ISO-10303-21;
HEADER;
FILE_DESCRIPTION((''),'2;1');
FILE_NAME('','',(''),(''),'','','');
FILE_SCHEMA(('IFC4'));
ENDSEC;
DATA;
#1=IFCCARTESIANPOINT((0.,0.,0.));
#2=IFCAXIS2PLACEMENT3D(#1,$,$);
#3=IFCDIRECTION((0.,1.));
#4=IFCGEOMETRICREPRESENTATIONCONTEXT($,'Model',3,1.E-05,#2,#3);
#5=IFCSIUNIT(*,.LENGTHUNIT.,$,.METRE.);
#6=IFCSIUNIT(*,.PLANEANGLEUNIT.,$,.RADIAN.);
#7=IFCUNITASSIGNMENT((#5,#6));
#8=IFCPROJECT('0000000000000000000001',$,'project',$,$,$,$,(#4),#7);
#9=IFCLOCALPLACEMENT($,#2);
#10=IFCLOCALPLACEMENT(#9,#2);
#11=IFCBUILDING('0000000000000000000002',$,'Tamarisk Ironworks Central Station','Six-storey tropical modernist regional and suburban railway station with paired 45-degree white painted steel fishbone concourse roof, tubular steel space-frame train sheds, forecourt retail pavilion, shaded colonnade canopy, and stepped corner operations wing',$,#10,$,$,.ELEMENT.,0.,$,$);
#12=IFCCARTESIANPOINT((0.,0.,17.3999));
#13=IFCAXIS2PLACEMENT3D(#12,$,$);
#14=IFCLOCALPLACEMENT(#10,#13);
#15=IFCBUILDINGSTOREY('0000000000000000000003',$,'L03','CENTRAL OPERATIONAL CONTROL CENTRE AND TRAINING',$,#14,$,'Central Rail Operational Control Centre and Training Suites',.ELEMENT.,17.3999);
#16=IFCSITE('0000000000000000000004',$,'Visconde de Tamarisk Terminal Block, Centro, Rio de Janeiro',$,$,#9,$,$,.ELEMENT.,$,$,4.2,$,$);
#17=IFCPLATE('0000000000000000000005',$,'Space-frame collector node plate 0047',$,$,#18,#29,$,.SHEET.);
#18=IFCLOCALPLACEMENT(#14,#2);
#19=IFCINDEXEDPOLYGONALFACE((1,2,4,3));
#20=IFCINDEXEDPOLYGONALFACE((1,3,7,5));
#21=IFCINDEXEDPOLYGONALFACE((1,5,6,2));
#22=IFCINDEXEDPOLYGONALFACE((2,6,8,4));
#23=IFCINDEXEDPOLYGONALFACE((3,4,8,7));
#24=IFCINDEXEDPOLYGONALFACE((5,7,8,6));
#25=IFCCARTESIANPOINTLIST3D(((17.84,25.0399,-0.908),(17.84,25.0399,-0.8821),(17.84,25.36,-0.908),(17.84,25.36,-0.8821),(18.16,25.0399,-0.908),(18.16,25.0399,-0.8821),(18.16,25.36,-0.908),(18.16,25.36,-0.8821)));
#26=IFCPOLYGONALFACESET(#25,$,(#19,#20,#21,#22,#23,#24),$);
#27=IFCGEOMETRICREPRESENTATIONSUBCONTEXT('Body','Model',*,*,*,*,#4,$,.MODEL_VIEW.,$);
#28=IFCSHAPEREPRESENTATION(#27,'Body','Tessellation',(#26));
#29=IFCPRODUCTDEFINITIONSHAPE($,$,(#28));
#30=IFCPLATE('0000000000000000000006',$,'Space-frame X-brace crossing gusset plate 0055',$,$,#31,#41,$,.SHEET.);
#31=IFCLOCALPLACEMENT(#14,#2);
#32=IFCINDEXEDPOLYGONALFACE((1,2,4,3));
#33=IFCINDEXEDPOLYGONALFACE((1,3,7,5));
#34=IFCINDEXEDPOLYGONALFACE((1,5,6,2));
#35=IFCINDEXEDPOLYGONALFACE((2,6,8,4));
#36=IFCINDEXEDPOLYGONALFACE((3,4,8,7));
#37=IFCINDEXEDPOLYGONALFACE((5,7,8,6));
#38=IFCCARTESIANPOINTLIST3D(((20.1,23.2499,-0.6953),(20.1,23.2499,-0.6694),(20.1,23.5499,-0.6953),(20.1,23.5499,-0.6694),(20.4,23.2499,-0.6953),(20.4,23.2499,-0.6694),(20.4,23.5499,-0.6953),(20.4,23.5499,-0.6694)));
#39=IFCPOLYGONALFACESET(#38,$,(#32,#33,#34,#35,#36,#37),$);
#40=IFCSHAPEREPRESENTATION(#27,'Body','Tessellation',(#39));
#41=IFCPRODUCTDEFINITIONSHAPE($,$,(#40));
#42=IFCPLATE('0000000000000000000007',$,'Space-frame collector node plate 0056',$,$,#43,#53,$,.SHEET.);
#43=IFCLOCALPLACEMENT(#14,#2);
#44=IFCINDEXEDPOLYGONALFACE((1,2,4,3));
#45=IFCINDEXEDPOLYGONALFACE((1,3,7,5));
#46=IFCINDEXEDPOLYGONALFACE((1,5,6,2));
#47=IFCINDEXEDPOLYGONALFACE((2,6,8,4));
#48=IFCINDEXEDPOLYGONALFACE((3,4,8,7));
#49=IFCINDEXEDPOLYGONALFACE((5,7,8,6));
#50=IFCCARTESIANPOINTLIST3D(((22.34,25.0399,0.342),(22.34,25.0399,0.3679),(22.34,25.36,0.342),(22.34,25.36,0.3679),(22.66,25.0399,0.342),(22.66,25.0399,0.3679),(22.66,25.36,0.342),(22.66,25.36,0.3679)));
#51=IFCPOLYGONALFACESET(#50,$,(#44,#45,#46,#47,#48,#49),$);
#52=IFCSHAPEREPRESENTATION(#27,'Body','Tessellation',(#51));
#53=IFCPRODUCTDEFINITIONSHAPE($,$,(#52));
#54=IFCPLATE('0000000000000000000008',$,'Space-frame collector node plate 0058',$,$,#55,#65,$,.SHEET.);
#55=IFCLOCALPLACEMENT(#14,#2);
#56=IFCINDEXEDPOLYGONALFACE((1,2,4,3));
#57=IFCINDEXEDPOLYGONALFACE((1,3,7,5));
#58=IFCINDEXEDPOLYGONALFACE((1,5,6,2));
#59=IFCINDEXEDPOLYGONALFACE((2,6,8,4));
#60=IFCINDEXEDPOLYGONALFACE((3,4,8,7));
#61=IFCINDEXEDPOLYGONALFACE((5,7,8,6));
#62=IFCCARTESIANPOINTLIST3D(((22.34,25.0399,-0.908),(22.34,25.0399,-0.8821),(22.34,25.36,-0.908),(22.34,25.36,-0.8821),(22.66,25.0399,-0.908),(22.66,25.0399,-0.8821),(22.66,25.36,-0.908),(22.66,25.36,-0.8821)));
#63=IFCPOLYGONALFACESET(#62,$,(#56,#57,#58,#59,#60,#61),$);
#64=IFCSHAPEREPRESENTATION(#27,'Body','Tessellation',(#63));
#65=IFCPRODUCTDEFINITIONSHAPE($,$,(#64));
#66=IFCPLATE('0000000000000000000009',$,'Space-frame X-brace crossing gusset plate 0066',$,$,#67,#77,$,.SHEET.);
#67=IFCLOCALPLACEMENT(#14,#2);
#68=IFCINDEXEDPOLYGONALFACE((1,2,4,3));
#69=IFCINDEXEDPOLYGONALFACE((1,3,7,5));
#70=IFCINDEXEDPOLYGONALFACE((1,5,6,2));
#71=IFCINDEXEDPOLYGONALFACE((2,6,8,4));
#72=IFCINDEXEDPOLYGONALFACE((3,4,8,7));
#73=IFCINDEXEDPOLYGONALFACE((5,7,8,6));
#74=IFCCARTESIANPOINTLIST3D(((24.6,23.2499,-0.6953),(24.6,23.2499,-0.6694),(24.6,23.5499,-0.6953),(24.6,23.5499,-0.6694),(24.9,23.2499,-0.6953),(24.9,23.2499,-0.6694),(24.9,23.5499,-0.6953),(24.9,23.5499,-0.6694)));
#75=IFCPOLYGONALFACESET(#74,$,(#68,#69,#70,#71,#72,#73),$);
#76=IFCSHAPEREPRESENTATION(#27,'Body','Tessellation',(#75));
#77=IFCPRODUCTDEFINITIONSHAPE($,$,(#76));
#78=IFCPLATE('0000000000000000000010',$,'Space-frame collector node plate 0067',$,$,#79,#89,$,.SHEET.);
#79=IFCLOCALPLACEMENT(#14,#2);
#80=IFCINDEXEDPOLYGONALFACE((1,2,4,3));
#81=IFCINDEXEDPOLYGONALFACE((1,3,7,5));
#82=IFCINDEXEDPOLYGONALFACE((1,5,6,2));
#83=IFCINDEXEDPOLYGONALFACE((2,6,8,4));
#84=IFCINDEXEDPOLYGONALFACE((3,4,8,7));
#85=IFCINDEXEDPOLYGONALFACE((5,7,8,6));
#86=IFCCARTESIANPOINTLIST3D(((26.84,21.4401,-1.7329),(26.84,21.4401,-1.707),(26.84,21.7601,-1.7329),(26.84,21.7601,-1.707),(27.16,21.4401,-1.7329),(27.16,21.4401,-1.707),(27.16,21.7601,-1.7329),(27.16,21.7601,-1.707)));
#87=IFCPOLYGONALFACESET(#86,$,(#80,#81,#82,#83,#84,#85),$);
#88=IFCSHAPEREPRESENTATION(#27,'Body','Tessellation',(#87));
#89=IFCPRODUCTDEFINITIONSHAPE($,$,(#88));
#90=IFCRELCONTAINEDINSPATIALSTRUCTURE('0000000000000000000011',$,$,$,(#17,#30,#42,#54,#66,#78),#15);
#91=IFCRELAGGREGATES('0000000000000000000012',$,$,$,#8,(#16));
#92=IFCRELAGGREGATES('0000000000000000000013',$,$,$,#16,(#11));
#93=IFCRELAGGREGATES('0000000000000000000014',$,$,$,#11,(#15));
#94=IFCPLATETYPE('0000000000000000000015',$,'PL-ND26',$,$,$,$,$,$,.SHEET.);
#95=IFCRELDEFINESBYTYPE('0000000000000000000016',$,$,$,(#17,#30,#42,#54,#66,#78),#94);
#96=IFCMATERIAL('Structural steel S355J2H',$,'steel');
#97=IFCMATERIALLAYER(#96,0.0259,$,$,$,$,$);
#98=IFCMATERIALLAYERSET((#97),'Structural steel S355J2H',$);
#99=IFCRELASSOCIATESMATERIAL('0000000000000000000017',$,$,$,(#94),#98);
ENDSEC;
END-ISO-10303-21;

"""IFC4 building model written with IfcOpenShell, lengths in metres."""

from ifc_helpers import new_model, si_unit, direction, frame, origin, origin_2d, place, context, subcontext, project, spatial, rectangle, extrude, material, layer, layer_set, type_object, element, save


model = new_model("IFC4")

# Units and contexts
model_context = context("Model", 3, precision=1e-05, world=origin(), true_north=direction((0.0, 1.0)))
body_context = subcontext(model_context, "Body", "Model", "MODEL_VIEW")
ifc_project = project(units=[si_unit("LENGTHUNIT", "METRE"), si_unit("PLANEANGLEUNIT", "RADIAN")], contexts=[model_context])

# Site, building, storey
site_placement = place(None, origin())
site = spatial("IfcSite", under=ifc_project, at=site_placement, Name="Visconde de Tamarisk Terminal Block, Centro, Rio de Janeiro", CompositionType="ELEMENT", RefElevation=4.2)
building_placement = place(site_placement, origin())
building = spatial("IfcBuilding", under=site, at=building_placement, Name="Tamarisk Ironworks Central Station", Description="Six-storey tropical modernist regional and suburban railway station with paired 45-degree white painted steel fishbone concourse roof, tubular steel space-frame train sheds, forecourt retail pavilion, shaded colonnade canopy, and stepped corner operations wing", CompositionType="ELEMENT", ElevationOfRefHeight=0.0)
storey_placement = place(building_placement, frame((0.0, 0.0, 17.3999)))
storey = spatial("IfcBuildingStorey", under=building, at=storey_placement, Name="L03", Description="CENTRAL OPERATIONAL CONTROL CENTRE AND TRAINING", LongName="Central Rail Operational Control Centre and Training Suites", CompositionType="ELEMENT", Elevation=17.3999)

# Shared definitions
ifc_material_1 = material(Name="Structural steel S355J2H", Category="steel")

# Plates
ifc_layer_1 = layer(ifc_material_1, 0.0259)
ifc_layer_set_1 = layer_set([ifc_layer_1], Name="Structural steel S355J2H")
plate_type_1 = type_object("IfcPlateType", Name="PL-ND26", PredefinedType="SHEET", material=ifc_layer_set_1)
for number, where, z_axis, x_axis, name in (
    (1, (18.0, 25.2, -0.908), (0.0, 0.0, 1.0), (1.0, 0.0, 0.0), "Space-frame collector node plate 0047"),
):
    element("IfcPlate", number, at=place(storey_placement, frame(where, z_axis=z_axis, x_axis=x_axis)), inside=storey, type_object=plate_type_1, Name=name, PredefinedType="SHEET", context=body_context, shape_type="SweptSolid", body=[
        extrude(rectangle(XDim=0.3201, YDim=0.3201, at=origin_2d()), origin(), (0.0, 0.0, 1.0), 0.0259),
    ])
plate_1_placement = place(storey_placement, frame((20.25, 23.3999, -0.6953), z_axis=(0.0, 0.0, 1.0), x_axis=(1.0, 0.0, 0.0)))
element("IfcPlate", 2, at=plate_1_placement, inside=storey, type_object=plate_type_1, Name="Space-frame X-brace crossing gusset plate 0055", PredefinedType="SHEET", context=body_context, shape_type="SweptSolid", body=[
    extrude(rectangle(XDim=0.3, YDim=0.3, at=origin_2d()), origin(), (0.0, 0.0, 1.0), 0.0259),
])
for number, where, z_axis, x_axis, name in (
    (3, (22.5, 25.2, 0.342), (0.0, 0.0, 1.0), (1.0, 0.0, 0.0), "Space-frame collector node plate 0056"),
    (4, (22.5, 25.2, -0.908), (0.0, 0.0, 1.0), (1.0, 0.0, 0.0), "Space-frame collector node plate 0058"),
):
    element("IfcPlate", number, at=place(storey_placement, frame(where, z_axis=z_axis, x_axis=x_axis)), inside=storey, type_object=plate_type_1, Name=name, PredefinedType="SHEET", context=body_context, shape_type="SweptSolid", body=[
        extrude(rectangle(XDim=0.3201, YDim=0.3201, at=origin_2d()), origin(), (0.0, 0.0, 1.0), 0.0259),
    ])
plate_2_placement = place(storey_placement, frame((24.75, 23.3999, -0.6953), z_axis=(0.0, 0.0, 1.0), x_axis=(1.0, 0.0, 0.0)))
element("IfcPlate", 5, at=plate_2_placement, inside=storey, type_object=plate_type_1, Name="Space-frame X-brace crossing gusset plate 0066", PredefinedType="SHEET", context=body_context, shape_type="SweptSolid", body=[
    extrude(rectangle(XDim=0.3, YDim=0.3, at=origin_2d()), origin(), (0.0, 0.0, 1.0), 0.0259),
])
plate_3_placement = place(storey_placement, frame((27.0, 21.6001, -1.7329), z_axis=(0.0, 0.0, 1.0), x_axis=(1.0, 0.0, 0.0)))
element("IfcPlate", 6, at=plate_3_placement, inside=storey, type_object=plate_type_1, Name="Space-frame collector node plate 0067", PredefinedType="SHEET", context=body_context, shape_type="SweptSolid", body=[
    extrude(rectangle(XDim=0.3201, YDim=0.3201, at=origin_2d()), origin(), (0.0, 0.0, 1.0), 0.0259),
])

save(model, "model.ifc")
